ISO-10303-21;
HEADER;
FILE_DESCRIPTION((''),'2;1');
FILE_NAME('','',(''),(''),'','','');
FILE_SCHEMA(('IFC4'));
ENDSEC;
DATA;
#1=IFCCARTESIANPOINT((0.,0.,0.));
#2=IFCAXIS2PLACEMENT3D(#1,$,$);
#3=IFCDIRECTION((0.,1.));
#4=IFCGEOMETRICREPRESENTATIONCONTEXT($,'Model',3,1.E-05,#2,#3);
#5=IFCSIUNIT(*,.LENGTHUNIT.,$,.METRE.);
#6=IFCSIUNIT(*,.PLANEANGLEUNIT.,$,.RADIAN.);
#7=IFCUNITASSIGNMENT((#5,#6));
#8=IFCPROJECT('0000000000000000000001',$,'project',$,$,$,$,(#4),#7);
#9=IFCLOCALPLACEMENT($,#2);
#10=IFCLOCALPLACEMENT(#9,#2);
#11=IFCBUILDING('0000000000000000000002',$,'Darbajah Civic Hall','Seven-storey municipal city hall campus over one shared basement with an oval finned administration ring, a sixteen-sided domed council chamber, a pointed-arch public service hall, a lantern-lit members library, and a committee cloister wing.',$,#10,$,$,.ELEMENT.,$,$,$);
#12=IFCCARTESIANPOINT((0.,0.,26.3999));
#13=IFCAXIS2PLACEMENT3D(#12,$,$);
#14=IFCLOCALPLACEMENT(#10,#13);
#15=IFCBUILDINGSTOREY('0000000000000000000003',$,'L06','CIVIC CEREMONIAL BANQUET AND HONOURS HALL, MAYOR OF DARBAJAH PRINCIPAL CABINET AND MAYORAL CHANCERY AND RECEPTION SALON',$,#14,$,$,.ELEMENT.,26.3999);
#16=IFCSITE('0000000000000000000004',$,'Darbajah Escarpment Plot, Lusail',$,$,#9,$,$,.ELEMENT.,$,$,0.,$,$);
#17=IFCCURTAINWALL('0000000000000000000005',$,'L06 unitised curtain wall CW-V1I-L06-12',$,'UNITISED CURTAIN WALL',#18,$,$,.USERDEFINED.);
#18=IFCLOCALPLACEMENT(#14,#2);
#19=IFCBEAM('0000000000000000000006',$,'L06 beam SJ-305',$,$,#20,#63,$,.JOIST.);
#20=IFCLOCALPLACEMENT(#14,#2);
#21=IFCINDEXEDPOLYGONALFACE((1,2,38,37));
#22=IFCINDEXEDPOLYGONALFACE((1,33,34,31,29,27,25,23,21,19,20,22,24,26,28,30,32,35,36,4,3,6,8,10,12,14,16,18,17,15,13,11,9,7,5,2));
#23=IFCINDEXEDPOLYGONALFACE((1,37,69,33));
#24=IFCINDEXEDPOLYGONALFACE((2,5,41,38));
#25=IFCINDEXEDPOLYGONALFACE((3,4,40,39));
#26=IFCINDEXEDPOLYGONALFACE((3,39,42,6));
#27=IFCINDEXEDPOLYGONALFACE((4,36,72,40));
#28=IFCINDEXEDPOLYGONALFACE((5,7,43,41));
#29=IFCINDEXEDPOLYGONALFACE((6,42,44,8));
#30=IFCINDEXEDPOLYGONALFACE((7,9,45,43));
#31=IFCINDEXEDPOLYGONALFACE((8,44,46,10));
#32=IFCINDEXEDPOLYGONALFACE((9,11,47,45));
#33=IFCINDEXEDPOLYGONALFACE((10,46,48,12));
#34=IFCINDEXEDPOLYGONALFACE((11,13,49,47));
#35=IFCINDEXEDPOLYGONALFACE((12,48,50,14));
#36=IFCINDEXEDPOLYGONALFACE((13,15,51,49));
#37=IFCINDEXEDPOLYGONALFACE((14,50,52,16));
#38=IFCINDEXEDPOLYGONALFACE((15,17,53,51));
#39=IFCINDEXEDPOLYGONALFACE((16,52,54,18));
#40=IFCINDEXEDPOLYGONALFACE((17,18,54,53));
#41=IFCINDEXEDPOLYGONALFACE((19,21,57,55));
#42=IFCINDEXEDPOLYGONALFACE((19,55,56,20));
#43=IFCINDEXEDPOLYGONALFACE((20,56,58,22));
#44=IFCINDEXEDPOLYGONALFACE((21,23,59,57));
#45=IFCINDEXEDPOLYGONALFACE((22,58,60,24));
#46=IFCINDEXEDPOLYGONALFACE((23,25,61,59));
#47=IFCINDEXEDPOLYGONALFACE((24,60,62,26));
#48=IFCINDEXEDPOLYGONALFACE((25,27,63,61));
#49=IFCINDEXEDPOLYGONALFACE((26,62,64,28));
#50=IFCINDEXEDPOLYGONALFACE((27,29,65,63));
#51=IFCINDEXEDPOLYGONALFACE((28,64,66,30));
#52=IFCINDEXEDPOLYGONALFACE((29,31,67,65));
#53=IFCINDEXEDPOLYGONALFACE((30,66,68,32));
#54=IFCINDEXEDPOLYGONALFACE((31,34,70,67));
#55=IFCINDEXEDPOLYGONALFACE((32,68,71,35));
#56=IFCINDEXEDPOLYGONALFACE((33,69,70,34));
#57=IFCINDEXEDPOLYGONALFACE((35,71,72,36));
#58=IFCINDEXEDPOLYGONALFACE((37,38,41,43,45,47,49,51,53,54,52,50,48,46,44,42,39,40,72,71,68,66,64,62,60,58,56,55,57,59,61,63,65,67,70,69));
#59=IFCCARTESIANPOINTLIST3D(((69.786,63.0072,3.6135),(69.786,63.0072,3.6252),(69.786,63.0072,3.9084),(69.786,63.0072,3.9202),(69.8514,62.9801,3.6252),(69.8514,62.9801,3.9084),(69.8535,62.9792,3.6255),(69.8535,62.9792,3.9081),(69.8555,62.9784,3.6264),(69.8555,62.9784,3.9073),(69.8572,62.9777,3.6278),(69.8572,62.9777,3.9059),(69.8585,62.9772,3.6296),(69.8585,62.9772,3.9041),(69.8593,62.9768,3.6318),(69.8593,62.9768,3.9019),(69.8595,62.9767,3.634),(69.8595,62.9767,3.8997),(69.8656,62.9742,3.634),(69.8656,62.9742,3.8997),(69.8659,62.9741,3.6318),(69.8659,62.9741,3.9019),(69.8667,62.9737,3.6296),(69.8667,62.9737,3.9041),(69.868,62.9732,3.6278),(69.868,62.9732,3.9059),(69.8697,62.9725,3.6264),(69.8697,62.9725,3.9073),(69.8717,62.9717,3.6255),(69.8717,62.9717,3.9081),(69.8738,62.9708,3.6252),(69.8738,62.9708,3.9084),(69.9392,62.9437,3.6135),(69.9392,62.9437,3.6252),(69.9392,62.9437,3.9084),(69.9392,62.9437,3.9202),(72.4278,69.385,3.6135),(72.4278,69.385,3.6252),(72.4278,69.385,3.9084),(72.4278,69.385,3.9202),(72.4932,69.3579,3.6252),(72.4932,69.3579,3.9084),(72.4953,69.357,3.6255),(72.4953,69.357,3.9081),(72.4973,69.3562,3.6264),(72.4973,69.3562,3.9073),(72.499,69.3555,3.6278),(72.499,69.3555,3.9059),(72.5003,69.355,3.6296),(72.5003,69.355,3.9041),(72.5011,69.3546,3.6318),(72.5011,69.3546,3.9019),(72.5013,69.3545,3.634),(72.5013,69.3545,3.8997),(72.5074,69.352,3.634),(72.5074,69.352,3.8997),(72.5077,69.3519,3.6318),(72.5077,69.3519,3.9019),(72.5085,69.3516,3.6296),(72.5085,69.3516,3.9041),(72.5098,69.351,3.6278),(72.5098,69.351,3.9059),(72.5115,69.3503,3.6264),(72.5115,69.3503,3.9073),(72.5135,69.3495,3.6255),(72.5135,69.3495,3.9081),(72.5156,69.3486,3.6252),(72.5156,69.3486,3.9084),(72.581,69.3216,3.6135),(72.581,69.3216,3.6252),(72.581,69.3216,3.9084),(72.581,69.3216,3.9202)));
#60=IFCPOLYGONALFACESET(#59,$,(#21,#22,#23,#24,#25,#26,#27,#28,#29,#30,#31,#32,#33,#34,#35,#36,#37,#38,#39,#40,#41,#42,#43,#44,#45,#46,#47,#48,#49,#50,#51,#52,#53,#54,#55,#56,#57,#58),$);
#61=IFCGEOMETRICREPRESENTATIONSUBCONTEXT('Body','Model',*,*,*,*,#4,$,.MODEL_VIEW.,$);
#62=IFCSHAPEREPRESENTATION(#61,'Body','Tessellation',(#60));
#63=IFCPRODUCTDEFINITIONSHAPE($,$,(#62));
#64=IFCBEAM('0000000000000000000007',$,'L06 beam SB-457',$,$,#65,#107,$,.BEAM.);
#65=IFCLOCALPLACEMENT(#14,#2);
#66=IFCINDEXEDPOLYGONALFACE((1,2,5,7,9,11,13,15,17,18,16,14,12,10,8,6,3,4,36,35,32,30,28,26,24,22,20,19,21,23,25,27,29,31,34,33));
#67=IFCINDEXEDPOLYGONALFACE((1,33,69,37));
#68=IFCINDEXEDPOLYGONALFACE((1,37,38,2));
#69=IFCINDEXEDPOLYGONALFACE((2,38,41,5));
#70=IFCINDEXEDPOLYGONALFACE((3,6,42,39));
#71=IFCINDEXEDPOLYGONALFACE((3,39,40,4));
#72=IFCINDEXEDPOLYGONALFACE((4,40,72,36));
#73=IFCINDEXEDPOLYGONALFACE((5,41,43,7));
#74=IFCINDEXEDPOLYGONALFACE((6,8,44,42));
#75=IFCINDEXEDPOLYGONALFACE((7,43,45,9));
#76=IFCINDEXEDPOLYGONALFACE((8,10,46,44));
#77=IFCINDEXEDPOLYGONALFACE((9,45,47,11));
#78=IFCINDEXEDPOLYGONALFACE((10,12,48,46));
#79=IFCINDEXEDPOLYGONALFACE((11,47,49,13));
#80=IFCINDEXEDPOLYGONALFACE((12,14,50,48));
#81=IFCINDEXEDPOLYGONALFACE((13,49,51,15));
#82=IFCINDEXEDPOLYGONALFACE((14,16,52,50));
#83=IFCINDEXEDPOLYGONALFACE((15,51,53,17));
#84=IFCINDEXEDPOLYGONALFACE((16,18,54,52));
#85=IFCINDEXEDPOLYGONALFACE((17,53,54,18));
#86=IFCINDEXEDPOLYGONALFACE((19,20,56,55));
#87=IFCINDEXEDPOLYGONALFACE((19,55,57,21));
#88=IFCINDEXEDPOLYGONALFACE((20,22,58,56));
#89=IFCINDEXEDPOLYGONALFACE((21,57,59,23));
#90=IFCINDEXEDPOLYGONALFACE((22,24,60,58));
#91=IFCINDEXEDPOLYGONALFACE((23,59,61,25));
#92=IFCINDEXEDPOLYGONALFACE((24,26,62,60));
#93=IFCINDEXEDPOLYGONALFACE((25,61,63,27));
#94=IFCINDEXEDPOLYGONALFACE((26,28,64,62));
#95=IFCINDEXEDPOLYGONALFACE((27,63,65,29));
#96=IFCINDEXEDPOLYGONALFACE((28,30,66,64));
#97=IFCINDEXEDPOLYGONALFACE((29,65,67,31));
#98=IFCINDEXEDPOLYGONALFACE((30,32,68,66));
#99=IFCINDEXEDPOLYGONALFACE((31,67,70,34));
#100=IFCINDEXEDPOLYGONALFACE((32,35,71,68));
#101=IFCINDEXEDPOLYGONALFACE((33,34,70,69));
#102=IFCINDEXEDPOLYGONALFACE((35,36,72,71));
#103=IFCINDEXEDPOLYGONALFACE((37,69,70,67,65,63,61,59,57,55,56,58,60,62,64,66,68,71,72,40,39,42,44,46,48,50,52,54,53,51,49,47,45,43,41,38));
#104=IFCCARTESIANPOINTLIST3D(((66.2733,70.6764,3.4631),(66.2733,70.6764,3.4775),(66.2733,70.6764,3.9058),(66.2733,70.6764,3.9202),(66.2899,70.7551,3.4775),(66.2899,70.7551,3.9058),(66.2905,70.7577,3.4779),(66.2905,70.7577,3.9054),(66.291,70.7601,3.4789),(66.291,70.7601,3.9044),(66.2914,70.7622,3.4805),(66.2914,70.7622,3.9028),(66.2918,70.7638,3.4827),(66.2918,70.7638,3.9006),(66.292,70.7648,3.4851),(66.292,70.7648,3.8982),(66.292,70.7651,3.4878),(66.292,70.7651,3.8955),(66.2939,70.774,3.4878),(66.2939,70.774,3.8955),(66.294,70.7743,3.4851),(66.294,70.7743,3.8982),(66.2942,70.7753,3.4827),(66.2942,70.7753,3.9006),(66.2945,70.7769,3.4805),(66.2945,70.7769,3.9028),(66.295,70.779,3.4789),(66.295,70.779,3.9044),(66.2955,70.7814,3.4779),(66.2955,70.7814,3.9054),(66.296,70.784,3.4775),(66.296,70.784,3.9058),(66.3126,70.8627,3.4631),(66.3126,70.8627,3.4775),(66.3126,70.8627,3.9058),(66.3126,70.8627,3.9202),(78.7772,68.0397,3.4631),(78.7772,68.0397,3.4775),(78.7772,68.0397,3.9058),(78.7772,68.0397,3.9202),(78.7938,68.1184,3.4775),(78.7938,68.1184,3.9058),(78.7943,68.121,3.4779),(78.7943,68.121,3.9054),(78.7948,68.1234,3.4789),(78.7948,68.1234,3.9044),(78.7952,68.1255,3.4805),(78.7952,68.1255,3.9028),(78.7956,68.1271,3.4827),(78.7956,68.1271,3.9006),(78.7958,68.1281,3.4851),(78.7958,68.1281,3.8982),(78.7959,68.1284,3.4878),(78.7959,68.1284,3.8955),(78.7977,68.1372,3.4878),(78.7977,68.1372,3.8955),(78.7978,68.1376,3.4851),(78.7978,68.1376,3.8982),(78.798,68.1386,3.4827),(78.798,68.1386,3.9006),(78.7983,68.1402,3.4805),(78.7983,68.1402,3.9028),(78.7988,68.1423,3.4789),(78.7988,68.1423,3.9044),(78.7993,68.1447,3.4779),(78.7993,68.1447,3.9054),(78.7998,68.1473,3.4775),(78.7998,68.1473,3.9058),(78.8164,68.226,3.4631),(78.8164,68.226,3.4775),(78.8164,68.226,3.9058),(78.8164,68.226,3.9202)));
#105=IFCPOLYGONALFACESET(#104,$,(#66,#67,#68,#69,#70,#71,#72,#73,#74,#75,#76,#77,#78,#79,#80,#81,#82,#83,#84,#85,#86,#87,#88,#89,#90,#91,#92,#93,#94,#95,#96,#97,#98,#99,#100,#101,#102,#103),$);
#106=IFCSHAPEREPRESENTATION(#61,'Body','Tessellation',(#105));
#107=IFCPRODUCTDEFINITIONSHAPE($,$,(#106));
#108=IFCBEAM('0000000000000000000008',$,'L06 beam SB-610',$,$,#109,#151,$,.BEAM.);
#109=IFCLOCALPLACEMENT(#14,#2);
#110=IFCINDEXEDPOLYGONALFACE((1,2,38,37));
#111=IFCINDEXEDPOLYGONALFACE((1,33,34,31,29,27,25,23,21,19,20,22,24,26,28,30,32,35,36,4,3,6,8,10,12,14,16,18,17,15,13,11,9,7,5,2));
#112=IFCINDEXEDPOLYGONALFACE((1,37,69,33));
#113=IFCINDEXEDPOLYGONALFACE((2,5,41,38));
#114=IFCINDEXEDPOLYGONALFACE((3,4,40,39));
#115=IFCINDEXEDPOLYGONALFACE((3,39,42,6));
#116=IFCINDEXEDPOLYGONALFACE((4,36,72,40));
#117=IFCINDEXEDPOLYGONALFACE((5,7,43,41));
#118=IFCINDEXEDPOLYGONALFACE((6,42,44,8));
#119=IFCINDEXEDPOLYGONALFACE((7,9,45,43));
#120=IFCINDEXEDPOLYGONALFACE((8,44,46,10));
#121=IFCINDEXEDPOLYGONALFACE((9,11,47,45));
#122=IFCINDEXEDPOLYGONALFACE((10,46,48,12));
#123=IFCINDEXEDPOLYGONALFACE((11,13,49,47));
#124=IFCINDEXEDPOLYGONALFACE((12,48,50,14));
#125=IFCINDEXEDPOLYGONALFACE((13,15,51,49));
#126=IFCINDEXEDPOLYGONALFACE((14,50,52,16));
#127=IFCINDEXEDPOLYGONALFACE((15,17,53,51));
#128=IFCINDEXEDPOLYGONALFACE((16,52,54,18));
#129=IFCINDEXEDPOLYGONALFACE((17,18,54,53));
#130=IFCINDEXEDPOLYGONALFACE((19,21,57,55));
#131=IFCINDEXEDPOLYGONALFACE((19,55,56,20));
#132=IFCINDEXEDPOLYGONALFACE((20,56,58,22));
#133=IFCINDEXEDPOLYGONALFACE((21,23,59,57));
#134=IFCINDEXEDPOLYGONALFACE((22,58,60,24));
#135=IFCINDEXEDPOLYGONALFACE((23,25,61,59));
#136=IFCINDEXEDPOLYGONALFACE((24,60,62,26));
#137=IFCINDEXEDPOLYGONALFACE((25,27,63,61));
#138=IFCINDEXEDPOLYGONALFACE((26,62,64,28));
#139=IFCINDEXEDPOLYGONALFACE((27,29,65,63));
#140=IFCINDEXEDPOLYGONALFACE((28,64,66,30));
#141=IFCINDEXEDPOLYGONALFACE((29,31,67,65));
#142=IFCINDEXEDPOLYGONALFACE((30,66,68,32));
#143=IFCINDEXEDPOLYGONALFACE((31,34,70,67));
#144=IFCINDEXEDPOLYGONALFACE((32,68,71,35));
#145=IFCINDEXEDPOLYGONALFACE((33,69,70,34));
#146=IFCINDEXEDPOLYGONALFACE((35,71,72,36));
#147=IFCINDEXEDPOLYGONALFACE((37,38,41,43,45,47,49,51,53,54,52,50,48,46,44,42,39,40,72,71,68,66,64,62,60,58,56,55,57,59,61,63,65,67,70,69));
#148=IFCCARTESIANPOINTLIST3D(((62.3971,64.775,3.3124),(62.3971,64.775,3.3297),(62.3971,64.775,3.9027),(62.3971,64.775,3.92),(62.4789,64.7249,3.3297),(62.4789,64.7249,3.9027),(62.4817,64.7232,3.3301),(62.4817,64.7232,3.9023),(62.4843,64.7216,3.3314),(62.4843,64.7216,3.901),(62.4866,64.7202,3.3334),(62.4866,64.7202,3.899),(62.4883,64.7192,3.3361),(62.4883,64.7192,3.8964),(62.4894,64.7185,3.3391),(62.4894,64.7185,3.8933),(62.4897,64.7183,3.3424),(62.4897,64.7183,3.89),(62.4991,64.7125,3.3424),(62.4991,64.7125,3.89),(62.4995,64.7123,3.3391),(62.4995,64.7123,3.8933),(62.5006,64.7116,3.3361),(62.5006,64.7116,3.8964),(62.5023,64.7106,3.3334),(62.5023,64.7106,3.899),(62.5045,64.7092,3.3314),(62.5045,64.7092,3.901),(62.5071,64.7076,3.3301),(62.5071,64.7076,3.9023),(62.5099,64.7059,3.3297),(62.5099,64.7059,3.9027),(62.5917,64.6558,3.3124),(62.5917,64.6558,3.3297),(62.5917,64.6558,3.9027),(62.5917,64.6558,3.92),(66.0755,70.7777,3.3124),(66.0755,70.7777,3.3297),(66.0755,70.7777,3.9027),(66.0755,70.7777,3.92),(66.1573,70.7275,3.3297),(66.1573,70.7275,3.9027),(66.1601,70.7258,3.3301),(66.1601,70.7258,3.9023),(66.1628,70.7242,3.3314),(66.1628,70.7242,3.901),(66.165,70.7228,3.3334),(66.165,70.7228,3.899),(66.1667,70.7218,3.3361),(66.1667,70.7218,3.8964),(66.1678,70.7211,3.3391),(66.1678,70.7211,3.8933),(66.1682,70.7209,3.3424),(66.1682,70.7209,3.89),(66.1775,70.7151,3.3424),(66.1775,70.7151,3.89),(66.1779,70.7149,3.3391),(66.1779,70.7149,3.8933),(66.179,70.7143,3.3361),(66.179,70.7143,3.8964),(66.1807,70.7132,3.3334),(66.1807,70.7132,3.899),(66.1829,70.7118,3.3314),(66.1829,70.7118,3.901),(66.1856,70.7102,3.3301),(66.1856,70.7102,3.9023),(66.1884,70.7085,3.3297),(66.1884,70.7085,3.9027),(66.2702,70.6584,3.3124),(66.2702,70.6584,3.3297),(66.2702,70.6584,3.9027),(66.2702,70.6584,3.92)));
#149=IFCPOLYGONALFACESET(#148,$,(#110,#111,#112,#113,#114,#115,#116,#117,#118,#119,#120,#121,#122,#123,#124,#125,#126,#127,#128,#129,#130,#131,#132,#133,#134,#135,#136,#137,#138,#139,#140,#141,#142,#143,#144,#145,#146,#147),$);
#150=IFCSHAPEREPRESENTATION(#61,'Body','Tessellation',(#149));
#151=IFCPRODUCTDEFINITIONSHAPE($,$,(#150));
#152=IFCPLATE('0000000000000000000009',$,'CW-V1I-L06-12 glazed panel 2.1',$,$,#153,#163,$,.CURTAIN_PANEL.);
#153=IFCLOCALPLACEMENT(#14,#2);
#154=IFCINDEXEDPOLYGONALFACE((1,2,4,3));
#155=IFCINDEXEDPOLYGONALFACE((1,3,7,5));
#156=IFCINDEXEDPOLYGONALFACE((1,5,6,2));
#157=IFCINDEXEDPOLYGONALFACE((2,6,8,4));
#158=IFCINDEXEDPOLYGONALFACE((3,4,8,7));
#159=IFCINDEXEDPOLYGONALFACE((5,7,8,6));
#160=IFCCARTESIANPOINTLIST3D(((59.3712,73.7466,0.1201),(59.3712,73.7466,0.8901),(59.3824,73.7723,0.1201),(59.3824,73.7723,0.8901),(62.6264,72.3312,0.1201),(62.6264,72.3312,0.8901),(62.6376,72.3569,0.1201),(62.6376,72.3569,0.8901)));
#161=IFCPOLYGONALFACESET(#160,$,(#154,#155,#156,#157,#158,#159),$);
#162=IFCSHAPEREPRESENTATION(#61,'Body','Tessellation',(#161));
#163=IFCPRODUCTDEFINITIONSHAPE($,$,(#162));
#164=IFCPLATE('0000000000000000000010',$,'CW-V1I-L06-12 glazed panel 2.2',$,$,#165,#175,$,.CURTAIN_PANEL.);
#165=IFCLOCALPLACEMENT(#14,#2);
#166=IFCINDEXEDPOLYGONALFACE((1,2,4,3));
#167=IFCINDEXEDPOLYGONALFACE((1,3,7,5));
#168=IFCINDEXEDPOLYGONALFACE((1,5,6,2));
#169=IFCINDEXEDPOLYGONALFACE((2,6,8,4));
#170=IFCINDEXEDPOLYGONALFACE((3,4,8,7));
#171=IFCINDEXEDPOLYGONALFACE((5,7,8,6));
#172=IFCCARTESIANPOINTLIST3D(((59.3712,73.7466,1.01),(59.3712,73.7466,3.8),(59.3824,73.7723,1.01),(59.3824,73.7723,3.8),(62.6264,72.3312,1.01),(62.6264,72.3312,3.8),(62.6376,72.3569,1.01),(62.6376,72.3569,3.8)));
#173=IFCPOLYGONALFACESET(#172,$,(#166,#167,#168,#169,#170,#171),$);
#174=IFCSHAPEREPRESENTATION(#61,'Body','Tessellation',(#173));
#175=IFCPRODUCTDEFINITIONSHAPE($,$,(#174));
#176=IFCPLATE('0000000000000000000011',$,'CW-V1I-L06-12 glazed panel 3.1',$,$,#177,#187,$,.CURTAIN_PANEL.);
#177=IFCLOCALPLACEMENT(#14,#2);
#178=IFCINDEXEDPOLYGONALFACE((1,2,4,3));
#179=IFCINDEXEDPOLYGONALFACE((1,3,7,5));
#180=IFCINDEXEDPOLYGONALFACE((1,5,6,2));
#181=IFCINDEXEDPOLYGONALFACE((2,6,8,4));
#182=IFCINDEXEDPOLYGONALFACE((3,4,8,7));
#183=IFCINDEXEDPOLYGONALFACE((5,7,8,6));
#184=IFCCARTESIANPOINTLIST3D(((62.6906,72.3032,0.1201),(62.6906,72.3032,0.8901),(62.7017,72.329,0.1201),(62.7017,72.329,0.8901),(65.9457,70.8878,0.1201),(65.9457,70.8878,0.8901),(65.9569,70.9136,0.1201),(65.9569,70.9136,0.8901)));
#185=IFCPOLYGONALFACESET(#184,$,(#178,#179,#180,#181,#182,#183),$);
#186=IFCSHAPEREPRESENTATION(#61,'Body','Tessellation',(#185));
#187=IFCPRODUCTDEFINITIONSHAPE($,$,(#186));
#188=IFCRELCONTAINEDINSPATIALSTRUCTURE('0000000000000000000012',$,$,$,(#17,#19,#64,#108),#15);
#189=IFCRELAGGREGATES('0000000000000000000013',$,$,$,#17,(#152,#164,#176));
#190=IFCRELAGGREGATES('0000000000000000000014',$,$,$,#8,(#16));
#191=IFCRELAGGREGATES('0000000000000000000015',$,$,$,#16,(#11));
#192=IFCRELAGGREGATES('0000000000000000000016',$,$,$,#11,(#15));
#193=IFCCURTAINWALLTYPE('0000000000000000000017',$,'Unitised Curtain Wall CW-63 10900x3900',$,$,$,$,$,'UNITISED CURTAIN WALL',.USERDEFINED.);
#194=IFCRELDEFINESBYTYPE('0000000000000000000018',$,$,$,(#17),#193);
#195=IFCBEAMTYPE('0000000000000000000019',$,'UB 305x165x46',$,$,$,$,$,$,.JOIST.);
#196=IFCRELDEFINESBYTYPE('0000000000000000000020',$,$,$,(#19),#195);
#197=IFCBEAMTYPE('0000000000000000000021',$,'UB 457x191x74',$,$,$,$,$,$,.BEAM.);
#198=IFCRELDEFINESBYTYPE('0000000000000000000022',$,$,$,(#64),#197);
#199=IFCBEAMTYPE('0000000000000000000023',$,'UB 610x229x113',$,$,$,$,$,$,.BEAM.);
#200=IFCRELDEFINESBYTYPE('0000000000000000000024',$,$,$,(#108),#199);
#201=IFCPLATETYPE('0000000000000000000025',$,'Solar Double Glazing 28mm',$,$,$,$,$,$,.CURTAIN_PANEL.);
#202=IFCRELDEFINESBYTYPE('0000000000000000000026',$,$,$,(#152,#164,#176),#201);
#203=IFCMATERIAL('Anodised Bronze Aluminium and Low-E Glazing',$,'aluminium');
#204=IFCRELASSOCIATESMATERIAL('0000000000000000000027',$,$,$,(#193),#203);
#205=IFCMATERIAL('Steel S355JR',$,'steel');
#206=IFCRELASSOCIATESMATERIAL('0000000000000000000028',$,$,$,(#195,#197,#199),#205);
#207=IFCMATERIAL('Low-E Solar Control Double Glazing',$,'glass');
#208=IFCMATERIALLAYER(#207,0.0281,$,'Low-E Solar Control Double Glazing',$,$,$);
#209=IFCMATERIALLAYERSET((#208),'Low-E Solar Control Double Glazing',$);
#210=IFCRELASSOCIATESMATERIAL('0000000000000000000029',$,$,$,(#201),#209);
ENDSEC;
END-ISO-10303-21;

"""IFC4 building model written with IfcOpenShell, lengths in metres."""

from ifc_helpers import new_model, si_unit, direction, frame, origin, origin_2d, place, context, subcontext, project, spatial, rectangle, i_section, extrude, material, layer, layer_set, material_profile, profile_set, type_object, element, aggregate, save


model = new_model("IFC4")

# Units and contexts
model_context = context("Model", 3, precision=1e-05, world=origin(), true_north=direction((0.0, 1.0)))
body_context = subcontext(model_context, "Body", "Model", "MODEL_VIEW")
ifc_project = project(units=[si_unit("LENGTHUNIT", "METRE"), si_unit("PLANEANGLEUNIT", "RADIAN")], contexts=[model_context])

# Site, building, storey
site_placement = place(None, origin())
site = spatial("IfcSite", under=ifc_project, at=site_placement, Name="Darbajah Escarpment Plot, Lusail", CompositionType="ELEMENT", RefElevation=0.0)
building_placement = place(site_placement, origin())
building = spatial("IfcBuilding", under=site, at=building_placement, Name="Darbajah Civic Hall", Description="Seven-storey municipal city hall campus over one shared basement with an oval finned administration ring, a sixteen-sided domed council chamber, a pointed-arch public service hall, a lantern-lit members library, and a committee cloister wing.", CompositionType="ELEMENT")
storey_placement = place(building_placement, frame((0.0, 0.0, 26.3999)))
storey = spatial("IfcBuildingStorey", under=building, at=storey_placement, Name="L06", Description="CIVIC CEREMONIAL BANQUET AND HONOURS HALL, MAYOR OF DARBAJAH PRINCIPAL CABINET AND MAYORAL CHANCERY AND RECEPTION SALON", CompositionType="ELEMENT", Elevation=26.3999)

# Curtain wall
ifc_material_1 = material(Name="Anodised Bronze Aluminium and Low-E Glazing", Category="aluminium")
curtain_wall_type = type_object("IfcCurtainWallType", Name="Unitised Curtain Wall CW-63 10900x3900", ElementType="UNITISED CURTAIN WALL", PredefinedType="USERDEFINED", material=ifc_material_1)
curtain_wall_placement = place(storey_placement, origin())
curtain_wall = element("IfcCurtainWall", 1, at=curtain_wall_placement, inside=storey, type_object=curtain_wall_type, Name="L06 unitised curtain wall CW-V1I-L06-12", ObjectType="UNITISED CURTAIN WALL", PredefinedType="USERDEFINED")

# Beams
ifc_material_2 = material(Name="Steel S355JR", Category="steel")
ifc_material_profile_1 = material_profile(ifc_material_2, i_section(OverallWidth=0.1658, OverallDepth=0.3066, WebThickness=0.0066, FlangeThickness=0.0117, FilletRadius=0.0088, at=origin_2d()), Name="UB 305x165x46")
ifc_profile_set_1 = profile_set([ifc_material_profile_1], Name="Steel S355JR")
beam_type_1 = type_object("IfcBeamType", Name="UB 305x165x46", PredefinedType="JOIST", material=ifc_profile_set_1)
beam_1_placement = place(storey_placement, frame((72.5044, 69.3533, 3.7668), z_axis=(-0.382686, -0.923878, 0.0), x_axis=(0.923878, -0.382686, 0.0)))
element("IfcBeam", 2, at=beam_1_placement, inside=storey, type_object=beam_type_1, Name="L06 beam SJ-305", PredefinedType="JOIST", context=body_context, shape_type="SweptSolid", body=[
    extrude(i_section(OverallWidth=0.1658, OverallDepth=0.3066, WebThickness=0.0066, FlangeThickness=0.0117, FilletRadius=0.0088, at=origin_2d()), origin(), (0.0, 0.0, 1.0), 6.9033),
])
ifc_material_profile_2 = material_profile(ifc_material_2, i_section(OverallWidth=0.1904, OverallDepth=0.457, WebThickness=0.009, FlangeThickness=0.0144, FilletRadius=0.0103, at=origin_2d()), Name="UB 457x191x74")
ifc_profile_set_2 = profile_set([ifc_material_profile_2], Name="Steel S355JR")
beam_type_2 = type_object("IfcBeamType", Name="UB 457x191x74", PredefinedType="BEAM", material=ifc_profile_set_2)
beam_2_placement = place(storey_placement, frame((66.293, 70.7695, 3.6917), z_axis=(0.978482, -0.206334, 0.0), x_axis=(0.206334, 0.978482, 0.0)))
element("IfcBeam", 3, at=beam_2_placement, inside=storey, type_object=beam_type_2, Name="L06 beam SB-457", PredefinedType="BEAM", context=body_context, shape_type="SweptSolid", body=[
    extrude(i_section(OverallWidth=0.1904, OverallDepth=0.457, WebThickness=0.009, FlangeThickness=0.0144, FilletRadius=0.0103, at=origin_2d()), origin(), (0.0, 0.0, 1.0), 12.7788),
])
ifc_material_profile_3 = material_profile(ifc_material_2, i_section(OverallWidth=0.2283, OverallDepth=0.6077, WebThickness=0.011, FlangeThickness=0.0173, FilletRadius=0.0127, at=origin_2d()), Name="UB 610x229x113")
ifc_profile_set_3 = profile_set([ifc_material_profile_3], Name="Steel S355JR")
beam_type_3 = type_object("IfcBeamType", Name="UB 610x229x113", PredefinedType="BEAM", material=ifc_profile_set_3)
beam_3_placement = place(storey_placement, frame((66.1729, 70.718, 3.6162), z_axis=(-0.5225, -0.852639, 0.0), x_axis=(0.852639, -0.5225, 0.0)))
element("IfcBeam", 4, at=beam_3_placement, inside=storey, type_object=beam_type_3, Name="L06 beam SB-610", PredefinedType="BEAM", context=body_context, shape_type="SweptSolid", body=[
    extrude(i_section(OverallWidth=0.2283, OverallDepth=0.6077, WebThickness=0.011, FlangeThickness=0.0173, FilletRadius=0.0127, at=origin_2d()), origin(), (0.0, 0.0, 1.0), 7.04),
])

# Plates
ifc_material_3 = material(Name="Low-E Solar Control Double Glazing", Category="glass")
ifc_layer_1 = layer(ifc_material_3, 0.0281, Name="Low-E Solar Control Double Glazing")
ifc_layer_set_1 = layer_set([ifc_layer_1], Name="Low-E Solar Control Double Glazing")
plate_type = type_object("IfcPlateType", Name="Solar Double Glazing 28mm", PredefinedType="CURTAIN_PANEL", material=ifc_layer_set_1)
plate_1_placement = place(storey_placement, frame((61.0044, 73.0518, 0.1201), z_axis=(0.0, 0.0, 1.0), x_axis=(0.91706, -0.398749, 0.0)))
plate_1 = element("IfcPlate", 5, at=plate_1_placement, type_object=plate_type, Name="CW-V1I-L06-12 glazed panel 2.1", PredefinedType="CURTAIN_PANEL", context=body_context, shape_type="SweptSolid", body=[
    extrude(rectangle(XDim=3.5496, YDim=0.0281, at=origin_2d()), origin(), (0.0, 0.0, 1.0), 0.77),
])
plate_2_placement = place(storey_placement, frame((61.0044, 73.0518, 1.01), z_axis=(0.0, 0.0, 1.0), x_axis=(0.91706, -0.398749, 0.0)))
plate_2 = element("IfcPlate", 6, at=plate_2_placement, type_object=plate_type, Name="CW-V1I-L06-12 glazed panel 2.2", PredefinedType="CURTAIN_PANEL", context=body_context, shape_type="SweptSolid", body=[
    extrude(rectangle(XDim=3.5496, YDim=0.0281, at=origin_2d()), origin(), (0.0, 0.0, 1.0), 2.79),
])
plate_3_placement = place(storey_placement, frame((64.3237, 71.6084, 0.1201), z_axis=(0.0, 0.0, 1.0), x_axis=(0.91706, -0.398749, 0.0)))
plate_3 = element("IfcPlate", 7, at=plate_3_placement, type_object=plate_type, Name="CW-V1I-L06-12 glazed panel 3.1", PredefinedType="CURTAIN_PANEL", context=body_context, shape_type="SweptSolid", body=[
    extrude(rectangle(XDim=3.5496, YDim=0.0281, at=origin_2d()), origin(), (0.0, 0.0, 1.0), 0.77),
])
aggregate(curtain_wall, [plate_1, plate_2, plate_3])

save(model, "model.ifc")
